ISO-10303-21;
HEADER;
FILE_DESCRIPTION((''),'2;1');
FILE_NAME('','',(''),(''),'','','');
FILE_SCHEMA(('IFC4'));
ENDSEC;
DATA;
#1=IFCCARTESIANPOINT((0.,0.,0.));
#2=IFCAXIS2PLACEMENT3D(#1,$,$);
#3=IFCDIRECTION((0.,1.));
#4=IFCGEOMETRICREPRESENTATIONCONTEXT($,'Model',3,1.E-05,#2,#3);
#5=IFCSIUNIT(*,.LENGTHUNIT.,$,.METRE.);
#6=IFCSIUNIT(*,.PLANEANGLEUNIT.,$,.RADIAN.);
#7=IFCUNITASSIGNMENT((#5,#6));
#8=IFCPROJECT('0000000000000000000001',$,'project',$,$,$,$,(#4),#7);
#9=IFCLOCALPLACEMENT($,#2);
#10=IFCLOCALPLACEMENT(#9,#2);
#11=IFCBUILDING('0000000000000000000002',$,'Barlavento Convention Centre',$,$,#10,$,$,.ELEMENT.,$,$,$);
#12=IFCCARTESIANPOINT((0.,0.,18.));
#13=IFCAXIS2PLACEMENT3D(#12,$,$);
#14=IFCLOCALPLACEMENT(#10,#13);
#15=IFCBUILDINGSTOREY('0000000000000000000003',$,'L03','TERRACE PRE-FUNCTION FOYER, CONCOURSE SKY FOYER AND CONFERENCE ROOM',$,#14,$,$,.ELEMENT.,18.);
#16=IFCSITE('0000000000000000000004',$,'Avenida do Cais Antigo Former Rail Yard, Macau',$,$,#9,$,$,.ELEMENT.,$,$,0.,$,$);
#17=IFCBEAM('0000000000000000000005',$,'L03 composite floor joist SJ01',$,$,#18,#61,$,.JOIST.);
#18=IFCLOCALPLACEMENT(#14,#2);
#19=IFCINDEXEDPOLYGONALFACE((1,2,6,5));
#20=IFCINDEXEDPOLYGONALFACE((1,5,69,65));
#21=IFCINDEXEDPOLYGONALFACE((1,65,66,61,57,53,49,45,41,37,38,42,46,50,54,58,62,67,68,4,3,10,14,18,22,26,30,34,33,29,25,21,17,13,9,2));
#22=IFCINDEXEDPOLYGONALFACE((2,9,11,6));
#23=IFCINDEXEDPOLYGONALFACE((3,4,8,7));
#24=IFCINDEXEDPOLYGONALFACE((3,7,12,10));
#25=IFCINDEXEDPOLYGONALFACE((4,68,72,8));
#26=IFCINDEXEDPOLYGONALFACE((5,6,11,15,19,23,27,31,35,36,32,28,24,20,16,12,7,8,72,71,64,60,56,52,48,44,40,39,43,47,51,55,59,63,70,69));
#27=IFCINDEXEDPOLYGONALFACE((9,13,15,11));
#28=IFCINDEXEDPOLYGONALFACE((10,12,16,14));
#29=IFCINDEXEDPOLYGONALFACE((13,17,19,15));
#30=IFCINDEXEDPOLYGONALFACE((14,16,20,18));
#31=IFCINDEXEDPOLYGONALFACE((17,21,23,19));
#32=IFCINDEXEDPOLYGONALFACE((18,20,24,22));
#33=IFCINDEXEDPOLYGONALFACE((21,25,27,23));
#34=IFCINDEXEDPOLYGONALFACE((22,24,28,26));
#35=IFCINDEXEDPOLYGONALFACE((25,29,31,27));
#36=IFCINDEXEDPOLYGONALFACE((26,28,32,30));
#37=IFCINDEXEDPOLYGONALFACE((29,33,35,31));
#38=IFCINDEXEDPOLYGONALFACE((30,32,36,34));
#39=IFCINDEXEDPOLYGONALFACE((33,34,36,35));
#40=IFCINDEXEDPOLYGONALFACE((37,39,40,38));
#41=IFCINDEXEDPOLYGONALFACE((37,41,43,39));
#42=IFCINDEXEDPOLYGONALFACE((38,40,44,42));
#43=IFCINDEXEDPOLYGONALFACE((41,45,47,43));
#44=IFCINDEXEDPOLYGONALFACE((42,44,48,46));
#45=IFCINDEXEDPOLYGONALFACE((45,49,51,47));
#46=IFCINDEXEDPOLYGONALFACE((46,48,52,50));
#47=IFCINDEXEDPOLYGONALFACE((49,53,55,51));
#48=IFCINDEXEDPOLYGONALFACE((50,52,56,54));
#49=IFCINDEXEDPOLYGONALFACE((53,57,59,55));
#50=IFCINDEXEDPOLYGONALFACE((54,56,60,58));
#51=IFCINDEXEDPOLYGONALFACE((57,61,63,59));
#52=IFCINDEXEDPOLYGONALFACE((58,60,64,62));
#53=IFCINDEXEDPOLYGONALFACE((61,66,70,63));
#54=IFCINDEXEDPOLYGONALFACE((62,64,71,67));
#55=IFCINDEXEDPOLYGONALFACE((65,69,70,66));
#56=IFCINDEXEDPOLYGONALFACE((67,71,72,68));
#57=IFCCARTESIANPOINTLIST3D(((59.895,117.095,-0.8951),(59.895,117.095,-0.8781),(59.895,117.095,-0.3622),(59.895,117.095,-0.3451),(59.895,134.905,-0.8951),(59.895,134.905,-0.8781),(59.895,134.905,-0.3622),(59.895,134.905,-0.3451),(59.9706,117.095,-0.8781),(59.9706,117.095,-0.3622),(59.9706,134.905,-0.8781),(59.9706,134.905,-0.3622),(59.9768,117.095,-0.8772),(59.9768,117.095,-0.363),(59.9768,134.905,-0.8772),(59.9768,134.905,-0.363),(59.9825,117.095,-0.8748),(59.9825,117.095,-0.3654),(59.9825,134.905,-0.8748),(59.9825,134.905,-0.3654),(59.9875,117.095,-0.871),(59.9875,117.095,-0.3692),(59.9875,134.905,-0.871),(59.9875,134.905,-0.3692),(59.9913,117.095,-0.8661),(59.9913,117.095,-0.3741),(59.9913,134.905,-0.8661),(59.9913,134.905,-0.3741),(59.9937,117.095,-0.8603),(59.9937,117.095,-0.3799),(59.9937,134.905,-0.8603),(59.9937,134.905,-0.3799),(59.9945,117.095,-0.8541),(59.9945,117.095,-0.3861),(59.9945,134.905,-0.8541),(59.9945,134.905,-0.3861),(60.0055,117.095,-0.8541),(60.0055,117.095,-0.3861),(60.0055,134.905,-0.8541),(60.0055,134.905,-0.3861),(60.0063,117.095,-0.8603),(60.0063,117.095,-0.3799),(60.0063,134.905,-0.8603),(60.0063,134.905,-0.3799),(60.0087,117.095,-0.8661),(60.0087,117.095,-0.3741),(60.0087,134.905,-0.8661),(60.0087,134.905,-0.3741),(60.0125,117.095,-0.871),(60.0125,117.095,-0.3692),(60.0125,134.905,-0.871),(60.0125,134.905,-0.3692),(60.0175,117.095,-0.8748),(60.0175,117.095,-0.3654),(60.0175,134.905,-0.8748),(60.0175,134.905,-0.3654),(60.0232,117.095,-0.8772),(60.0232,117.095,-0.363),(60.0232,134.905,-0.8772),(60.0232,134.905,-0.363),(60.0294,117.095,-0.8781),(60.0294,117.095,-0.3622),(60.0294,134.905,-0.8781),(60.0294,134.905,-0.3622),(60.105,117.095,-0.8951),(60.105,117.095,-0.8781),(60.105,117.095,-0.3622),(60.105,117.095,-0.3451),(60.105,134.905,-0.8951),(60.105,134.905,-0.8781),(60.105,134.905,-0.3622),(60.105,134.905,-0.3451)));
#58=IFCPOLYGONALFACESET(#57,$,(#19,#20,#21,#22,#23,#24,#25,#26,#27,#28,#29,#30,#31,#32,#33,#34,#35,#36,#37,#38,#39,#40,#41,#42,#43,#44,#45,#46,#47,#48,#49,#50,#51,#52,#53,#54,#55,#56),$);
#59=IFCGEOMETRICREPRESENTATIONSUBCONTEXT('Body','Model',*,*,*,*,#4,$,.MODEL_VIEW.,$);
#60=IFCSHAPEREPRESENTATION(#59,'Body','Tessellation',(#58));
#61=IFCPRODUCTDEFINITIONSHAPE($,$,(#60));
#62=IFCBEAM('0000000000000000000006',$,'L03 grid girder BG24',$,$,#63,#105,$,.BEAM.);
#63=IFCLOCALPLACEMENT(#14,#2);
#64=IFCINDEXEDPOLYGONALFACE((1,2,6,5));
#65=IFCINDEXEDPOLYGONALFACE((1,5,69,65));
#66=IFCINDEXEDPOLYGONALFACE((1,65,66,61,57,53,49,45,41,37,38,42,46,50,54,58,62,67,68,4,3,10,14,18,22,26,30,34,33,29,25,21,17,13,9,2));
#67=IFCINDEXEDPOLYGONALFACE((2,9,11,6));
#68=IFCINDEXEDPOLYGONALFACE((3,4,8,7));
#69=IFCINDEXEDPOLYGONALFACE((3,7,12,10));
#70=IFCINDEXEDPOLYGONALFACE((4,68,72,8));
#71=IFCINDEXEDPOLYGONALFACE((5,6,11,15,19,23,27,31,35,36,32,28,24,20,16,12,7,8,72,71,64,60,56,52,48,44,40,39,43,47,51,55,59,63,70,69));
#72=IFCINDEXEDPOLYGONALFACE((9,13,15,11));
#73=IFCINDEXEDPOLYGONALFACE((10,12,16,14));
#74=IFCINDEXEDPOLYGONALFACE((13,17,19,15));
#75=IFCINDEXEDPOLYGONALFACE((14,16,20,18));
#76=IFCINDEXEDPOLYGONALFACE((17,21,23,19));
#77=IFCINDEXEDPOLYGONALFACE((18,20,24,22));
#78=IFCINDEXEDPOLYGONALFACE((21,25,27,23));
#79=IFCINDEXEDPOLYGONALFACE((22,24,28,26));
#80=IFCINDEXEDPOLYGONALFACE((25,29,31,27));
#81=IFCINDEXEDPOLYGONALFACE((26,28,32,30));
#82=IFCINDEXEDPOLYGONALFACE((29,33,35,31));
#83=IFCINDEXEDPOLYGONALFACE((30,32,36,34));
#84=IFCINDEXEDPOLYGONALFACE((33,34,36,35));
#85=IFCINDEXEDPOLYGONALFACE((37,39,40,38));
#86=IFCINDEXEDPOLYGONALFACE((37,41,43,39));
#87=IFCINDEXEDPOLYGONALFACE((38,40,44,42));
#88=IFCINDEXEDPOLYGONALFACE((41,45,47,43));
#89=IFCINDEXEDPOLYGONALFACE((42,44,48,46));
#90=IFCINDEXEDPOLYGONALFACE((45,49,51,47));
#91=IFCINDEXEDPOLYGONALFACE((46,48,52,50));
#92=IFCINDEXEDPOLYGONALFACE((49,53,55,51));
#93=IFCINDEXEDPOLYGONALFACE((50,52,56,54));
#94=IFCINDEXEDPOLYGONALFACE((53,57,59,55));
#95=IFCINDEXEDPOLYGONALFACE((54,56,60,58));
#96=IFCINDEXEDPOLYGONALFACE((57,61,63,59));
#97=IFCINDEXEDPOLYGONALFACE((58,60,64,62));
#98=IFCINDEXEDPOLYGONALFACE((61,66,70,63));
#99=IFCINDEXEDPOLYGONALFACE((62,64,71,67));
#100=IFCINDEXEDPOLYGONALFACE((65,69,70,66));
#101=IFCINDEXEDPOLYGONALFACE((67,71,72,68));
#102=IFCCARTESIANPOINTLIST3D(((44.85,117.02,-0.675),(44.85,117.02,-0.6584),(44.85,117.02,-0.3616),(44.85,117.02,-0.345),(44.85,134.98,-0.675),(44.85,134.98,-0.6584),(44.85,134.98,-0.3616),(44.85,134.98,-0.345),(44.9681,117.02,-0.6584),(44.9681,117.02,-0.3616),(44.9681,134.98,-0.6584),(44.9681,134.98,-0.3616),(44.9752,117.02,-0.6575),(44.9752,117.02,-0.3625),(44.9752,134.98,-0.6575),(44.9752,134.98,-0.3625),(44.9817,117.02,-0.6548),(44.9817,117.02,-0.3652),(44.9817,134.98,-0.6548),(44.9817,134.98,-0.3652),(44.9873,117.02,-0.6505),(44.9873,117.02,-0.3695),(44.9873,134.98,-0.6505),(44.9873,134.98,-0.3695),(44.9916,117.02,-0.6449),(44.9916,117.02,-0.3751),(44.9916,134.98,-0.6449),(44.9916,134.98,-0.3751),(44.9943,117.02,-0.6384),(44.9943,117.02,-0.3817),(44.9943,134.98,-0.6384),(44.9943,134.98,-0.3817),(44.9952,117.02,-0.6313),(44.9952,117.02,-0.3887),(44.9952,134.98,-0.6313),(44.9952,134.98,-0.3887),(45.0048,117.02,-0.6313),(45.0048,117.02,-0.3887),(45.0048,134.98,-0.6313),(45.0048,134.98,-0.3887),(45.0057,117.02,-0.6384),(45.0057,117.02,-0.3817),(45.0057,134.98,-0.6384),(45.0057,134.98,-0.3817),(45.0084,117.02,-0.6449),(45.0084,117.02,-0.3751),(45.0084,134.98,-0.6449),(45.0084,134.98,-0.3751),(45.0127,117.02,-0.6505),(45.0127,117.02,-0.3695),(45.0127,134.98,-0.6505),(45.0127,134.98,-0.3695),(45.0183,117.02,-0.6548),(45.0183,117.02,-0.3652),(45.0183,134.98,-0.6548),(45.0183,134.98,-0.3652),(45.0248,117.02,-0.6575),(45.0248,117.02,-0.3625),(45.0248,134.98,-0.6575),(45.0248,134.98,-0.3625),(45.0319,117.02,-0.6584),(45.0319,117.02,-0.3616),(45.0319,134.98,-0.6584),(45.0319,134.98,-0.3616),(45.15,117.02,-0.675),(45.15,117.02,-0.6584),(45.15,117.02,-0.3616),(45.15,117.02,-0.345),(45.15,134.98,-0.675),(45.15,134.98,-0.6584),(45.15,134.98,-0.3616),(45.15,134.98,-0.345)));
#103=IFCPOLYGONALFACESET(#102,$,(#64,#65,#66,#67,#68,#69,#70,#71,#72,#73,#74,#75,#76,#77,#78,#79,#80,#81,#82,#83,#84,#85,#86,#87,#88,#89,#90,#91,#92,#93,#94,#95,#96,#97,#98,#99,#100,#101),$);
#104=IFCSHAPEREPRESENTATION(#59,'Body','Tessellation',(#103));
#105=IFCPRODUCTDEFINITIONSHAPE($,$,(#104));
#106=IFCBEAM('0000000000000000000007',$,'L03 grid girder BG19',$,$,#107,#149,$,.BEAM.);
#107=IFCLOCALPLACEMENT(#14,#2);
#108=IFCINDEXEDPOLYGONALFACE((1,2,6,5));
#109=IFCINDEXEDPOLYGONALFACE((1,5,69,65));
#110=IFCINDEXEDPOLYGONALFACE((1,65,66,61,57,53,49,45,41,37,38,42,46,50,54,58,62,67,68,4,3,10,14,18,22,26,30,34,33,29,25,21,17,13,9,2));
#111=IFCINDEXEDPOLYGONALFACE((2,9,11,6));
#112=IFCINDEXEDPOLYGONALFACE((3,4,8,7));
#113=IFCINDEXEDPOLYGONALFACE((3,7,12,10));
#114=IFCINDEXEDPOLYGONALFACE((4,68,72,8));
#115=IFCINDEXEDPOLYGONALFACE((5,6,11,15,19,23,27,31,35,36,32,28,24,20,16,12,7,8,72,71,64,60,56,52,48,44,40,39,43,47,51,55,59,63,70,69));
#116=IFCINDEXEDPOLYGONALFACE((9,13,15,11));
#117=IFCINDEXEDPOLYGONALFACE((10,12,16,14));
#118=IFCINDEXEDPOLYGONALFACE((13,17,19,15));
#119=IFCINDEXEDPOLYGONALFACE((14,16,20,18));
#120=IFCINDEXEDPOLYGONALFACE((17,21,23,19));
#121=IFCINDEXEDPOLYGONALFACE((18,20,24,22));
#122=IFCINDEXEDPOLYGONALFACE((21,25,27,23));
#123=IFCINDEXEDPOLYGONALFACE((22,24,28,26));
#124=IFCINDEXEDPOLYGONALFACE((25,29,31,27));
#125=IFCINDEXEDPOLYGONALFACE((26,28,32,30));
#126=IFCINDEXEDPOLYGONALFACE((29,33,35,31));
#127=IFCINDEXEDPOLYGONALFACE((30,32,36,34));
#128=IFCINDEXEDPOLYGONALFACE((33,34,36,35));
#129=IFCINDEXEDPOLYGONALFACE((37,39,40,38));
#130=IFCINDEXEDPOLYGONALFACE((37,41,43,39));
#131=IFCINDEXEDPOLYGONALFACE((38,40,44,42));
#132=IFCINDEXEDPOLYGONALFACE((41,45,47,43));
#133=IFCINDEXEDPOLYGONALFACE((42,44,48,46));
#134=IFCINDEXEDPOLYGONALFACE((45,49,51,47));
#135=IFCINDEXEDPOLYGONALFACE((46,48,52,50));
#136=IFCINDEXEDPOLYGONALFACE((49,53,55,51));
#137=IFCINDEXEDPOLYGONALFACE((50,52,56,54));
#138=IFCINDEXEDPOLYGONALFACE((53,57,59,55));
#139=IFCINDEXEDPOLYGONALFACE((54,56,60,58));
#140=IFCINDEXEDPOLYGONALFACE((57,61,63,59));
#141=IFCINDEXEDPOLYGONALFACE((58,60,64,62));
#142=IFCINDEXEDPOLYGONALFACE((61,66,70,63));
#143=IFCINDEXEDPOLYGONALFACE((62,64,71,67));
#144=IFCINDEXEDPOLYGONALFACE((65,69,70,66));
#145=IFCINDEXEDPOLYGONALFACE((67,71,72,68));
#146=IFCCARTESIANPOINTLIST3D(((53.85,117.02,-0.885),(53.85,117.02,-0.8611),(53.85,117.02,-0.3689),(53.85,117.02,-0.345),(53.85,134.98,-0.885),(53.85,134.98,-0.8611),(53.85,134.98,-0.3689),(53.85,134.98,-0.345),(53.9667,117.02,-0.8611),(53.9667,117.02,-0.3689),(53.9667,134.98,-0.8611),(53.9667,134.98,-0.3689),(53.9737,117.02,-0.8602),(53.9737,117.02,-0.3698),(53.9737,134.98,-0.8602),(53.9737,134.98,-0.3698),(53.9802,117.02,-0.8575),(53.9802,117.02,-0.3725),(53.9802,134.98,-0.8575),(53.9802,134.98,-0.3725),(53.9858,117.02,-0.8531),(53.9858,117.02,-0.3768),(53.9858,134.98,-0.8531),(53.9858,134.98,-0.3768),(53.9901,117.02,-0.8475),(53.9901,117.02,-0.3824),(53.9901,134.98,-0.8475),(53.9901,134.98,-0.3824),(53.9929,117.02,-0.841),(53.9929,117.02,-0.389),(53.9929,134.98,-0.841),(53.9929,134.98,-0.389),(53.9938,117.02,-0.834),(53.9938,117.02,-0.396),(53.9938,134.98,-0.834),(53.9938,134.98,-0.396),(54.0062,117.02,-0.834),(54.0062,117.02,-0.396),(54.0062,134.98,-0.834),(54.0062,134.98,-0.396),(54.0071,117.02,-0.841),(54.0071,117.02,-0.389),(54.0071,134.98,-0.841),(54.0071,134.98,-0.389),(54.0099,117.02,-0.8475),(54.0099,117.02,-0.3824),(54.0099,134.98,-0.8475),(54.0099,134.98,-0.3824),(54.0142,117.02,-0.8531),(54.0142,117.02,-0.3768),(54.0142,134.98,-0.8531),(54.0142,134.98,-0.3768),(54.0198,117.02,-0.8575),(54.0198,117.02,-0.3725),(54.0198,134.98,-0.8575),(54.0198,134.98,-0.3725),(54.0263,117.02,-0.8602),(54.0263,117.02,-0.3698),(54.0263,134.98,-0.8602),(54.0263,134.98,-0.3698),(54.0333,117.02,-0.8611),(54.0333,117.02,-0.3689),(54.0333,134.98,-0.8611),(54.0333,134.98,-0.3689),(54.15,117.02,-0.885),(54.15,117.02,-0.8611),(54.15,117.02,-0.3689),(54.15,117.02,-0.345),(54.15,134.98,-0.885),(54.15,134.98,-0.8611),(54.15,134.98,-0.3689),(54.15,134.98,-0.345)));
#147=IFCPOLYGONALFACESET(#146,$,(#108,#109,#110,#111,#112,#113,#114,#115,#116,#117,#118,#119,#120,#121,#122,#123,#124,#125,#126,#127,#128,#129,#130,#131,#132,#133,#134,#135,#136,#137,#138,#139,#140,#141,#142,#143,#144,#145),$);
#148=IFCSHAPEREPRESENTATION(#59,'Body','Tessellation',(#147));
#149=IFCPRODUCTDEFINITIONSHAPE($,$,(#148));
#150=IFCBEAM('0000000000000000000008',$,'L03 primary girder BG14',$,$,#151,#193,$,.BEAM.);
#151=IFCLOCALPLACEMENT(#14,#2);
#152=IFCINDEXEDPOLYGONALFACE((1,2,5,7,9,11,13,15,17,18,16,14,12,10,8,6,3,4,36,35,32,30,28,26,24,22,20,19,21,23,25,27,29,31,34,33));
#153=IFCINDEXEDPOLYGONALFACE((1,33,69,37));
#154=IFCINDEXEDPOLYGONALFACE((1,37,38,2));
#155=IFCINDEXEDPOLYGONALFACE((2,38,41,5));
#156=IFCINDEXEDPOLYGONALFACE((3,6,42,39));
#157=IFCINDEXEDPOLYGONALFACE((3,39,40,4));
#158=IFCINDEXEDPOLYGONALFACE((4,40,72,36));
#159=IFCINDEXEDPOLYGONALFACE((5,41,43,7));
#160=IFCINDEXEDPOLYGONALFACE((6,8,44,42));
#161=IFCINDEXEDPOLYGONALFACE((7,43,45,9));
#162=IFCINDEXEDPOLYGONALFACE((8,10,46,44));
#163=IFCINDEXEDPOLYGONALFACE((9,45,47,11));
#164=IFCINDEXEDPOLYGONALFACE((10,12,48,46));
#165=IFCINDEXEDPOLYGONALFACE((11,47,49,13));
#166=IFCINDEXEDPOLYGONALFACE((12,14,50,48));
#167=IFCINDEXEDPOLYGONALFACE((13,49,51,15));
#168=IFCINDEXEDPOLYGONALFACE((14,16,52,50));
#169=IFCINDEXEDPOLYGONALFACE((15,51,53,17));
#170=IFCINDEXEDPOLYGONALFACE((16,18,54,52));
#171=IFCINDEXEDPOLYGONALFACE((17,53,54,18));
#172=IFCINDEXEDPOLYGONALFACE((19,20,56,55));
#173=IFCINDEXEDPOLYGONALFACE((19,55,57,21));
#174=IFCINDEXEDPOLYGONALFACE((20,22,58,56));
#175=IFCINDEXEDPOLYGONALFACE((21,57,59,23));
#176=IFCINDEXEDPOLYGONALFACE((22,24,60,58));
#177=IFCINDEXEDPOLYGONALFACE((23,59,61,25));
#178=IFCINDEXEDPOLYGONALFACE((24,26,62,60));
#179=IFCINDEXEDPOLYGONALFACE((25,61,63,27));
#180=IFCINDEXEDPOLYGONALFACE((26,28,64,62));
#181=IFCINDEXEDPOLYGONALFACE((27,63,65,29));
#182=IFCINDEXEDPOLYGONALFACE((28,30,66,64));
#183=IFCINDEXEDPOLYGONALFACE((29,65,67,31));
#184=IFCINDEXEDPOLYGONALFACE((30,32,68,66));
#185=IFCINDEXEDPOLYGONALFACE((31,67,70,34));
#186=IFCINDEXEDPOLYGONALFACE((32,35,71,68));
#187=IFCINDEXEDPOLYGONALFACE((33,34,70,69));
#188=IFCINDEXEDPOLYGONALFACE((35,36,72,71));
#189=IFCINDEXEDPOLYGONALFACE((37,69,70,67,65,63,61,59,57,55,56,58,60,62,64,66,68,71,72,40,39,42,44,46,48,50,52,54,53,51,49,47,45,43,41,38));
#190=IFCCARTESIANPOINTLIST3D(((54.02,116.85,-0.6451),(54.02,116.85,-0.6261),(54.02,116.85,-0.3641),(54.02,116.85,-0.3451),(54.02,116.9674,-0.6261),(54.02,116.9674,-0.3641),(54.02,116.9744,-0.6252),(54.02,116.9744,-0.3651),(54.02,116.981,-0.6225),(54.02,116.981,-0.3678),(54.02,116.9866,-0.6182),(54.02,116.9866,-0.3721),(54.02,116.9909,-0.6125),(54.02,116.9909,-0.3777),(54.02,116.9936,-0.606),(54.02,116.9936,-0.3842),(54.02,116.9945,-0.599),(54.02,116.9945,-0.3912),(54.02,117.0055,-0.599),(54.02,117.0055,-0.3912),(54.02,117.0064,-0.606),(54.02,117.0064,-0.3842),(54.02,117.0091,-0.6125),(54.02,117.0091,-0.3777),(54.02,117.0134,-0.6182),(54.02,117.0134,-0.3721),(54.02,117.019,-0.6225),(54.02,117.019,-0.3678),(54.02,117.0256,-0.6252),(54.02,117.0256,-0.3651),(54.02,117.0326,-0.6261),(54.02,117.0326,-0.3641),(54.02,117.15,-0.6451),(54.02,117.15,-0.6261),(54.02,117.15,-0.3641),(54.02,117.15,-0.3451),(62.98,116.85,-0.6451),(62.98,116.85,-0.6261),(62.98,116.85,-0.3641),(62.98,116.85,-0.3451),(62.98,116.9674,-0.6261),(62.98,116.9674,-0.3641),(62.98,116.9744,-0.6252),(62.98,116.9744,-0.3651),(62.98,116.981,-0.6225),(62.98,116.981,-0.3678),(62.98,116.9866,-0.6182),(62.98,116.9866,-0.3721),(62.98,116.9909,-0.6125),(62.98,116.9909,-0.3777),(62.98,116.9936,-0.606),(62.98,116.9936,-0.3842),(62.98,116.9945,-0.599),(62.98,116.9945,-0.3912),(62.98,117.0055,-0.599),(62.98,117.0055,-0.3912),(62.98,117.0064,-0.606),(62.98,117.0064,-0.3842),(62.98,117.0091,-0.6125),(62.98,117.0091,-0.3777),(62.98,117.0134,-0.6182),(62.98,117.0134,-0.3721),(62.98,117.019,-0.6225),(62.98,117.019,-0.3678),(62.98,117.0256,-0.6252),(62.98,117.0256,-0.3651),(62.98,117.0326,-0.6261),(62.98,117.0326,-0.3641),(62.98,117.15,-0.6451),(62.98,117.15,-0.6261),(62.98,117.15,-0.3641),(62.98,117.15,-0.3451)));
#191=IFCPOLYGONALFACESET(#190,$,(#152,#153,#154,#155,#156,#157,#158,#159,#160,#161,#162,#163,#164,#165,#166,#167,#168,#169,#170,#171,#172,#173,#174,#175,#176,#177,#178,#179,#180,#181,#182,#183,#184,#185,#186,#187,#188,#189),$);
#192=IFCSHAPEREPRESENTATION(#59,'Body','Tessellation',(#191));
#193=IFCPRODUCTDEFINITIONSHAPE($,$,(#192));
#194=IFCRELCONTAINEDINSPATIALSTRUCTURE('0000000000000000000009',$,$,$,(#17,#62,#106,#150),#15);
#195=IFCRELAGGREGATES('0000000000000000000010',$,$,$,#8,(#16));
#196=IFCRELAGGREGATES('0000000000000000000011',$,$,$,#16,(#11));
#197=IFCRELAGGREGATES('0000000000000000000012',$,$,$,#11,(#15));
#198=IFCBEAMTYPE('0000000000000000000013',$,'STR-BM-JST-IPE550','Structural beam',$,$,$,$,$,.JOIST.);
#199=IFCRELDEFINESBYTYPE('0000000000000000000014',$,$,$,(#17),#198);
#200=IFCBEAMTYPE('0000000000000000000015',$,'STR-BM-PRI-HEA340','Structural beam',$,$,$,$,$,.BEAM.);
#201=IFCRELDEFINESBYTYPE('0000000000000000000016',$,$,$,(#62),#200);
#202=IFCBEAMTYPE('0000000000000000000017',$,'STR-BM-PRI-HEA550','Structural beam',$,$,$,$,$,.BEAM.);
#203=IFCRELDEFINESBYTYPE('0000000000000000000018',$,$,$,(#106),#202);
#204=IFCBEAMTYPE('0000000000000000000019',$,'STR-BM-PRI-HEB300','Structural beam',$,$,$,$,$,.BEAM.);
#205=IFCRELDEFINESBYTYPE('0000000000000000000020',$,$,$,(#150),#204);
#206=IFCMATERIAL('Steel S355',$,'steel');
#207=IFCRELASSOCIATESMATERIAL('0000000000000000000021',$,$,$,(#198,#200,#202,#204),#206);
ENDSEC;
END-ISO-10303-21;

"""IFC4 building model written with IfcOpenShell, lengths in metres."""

from ifc_helpers import new_model, si_unit, direction, frame, origin, origin_2d, place, context, subcontext, project, spatial, i_section, extrude, material, material_profile, profile_set, type_object, element, save


model = new_model("IFC4")

# Units and contexts
model_context = context("Model", 3, precision=1e-05, world=origin(), true_north=direction((0.0, 1.0)))
body_context = subcontext(model_context, "Body", "Model", "MODEL_VIEW")
ifc_project = project(units=[si_unit("LENGTHUNIT", "METRE"), si_unit("PLANEANGLEUNIT", "RADIAN")], contexts=[model_context])

# Site, building, storey
site_placement = place(None, origin())
site = spatial("IfcSite", under=ifc_project, at=site_placement, Name="Avenida do Cais Antigo Former Rail Yard, Macau", CompositionType="ELEMENT", RefElevation=0.0)
building_placement = place(site_placement, origin())
building = spatial("IfcBuilding", under=site, at=building_placement, Name="Barlavento Convention Centre", CompositionType="ELEMENT")
storey_placement = place(building_placement, frame((0.0, 0.0, 18.0)))
storey = spatial("IfcBuildingStorey", under=building, at=storey_placement, Name="L03", Description="TERRACE PRE-FUNCTION FOYER, CONCOURSE SKY FOYER AND CONFERENCE ROOM", CompositionType="ELEMENT", Elevation=18.0)

# Beams
ifc_material_1 = material(Name="Steel S355", Category="steel")
ifc_material_profile_1 = material_profile(ifc_material_1, i_section(OverallWidth=0.21, OverallDepth=0.55, WebThickness=0.011, FlangeThickness=0.0171, FilletRadius=0.0239, at=origin_2d()), Name="IPE 550")
ifc_profile_set_1 = profile_set([ifc_material_profile_1], Name="Steel S355")
beam_type_1 = type_object("IfcBeamType", Name="STR-BM-JST-IPE550", Description="Structural beam", PredefinedType="JOIST", material=ifc_profile_set_1)
beam_1_placement = place(storey_placement, frame((60.0, 117.095, -0.6201), z_axis=(0.0, 1.0, 0.0), x_axis=(-1.0, 0.0, 0.0)))
element("IfcBeam", 1, at=beam_1_placement, inside=storey, type_object=beam_type_1, Name="L03 composite floor joist SJ01", PredefinedType="JOIST", context=body_context, shape_type="SweptSolid", body=[
    extrude(i_section(OverallWidth=0.21, OverallDepth=0.55, WebThickness=0.011, FlangeThickness=0.0171, FilletRadius=0.0239, at=origin_2d()), origin(), (0.0, 0.0, 1.0), 17.8101),
])
ifc_material_profile_2 = material_profile(ifc_material_1, i_section(OverallWidth=0.3, OverallDepth=0.3301, WebThickness=0.0095, FlangeThickness=0.0166, FilletRadius=0.0271, at=origin_2d()), Name="HEA 340")
ifc_profile_set_2 = profile_set([ifc_material_profile_2], Name="Steel S355")
beam_type_2 = type_object("IfcBeamType", Name="STR-BM-PRI-HEA340", Description="Structural beam", PredefinedType="BEAM", material=ifc_profile_set_2)
beam_2_placement = place(storey_placement, frame((45.0, 117.02, -0.51), z_axis=(0.0, 1.0, 0.0), x_axis=(-1.0, 0.0, 0.0)))
element("IfcBeam", 2, at=beam_2_placement, inside=storey, type_object=beam_type_2, Name="L03 grid girder BG24", PredefinedType="BEAM", context=body_context, shape_type="SweptSolid", body=[
    extrude(i_section(OverallWidth=0.3, OverallDepth=0.3301, WebThickness=0.0095, FlangeThickness=0.0166, FilletRadius=0.0271, at=origin_2d()), origin(), (0.0, 0.0, 1.0), 17.96),
])
ifc_material_profile_3 = material_profile(ifc_material_1, i_section(OverallWidth=0.3, OverallDepth=0.54, WebThickness=0.0125, FlangeThickness=0.0239, FilletRadius=0.0271, at=origin_2d()), Name="HEA 550")
ifc_profile_set_3 = profile_set([ifc_material_profile_3], Name="Steel S355")
beam_type_3 = type_object("IfcBeamType", Name="STR-BM-PRI-HEA550", Description="Structural beam", PredefinedType="BEAM", material=ifc_profile_set_3)
beam_3_placement = place(storey_placement, frame((54.0, 117.02, -0.615), z_axis=(0.0, 1.0, 0.0), x_axis=(-1.0, 0.0, 0.0)))
element("IfcBeam", 3, at=beam_3_placement, inside=storey, type_object=beam_type_3, Name="L03 grid girder BG19", PredefinedType="BEAM", context=body_context, shape_type="SweptSolid", body=[
    extrude(i_section(OverallWidth=0.3, OverallDepth=0.54, WebThickness=0.0125, FlangeThickness=0.0239, FilletRadius=0.0271, at=origin_2d()), origin(), (0.0, 0.0, 1.0), 17.96),
])
ifc_material_profile_4 = material_profile(ifc_material_1, i_section(OverallWidth=0.3, OverallDepth=0.3, WebThickness=0.011, FlangeThickness=0.019, FilletRadius=0.0271, at=origin_2d()), Name="HEB 300")
ifc_profile_set_4 = profile_set([ifc_material_profile_4], Name="Steel S355")
beam_type_4 = type_object("IfcBeamType", Name="STR-BM-PRI-HEB300", Description="Structural beam", PredefinedType="BEAM", material=ifc_profile_set_4)
beam_4_placement = place(storey_placement, frame((54.02, 117.0, -0.4951), z_axis=(1.0, 0.0, 0.0), x_axis=(0.0, 1.0, 0.0)))
element("IfcBeam", 4, at=beam_4_placement, inside=storey, type_object=beam_type_4, Name="L03 primary girder BG14", PredefinedType="BEAM", context=body_context, shape_type="SweptSolid", body=[
    extrude(i_section(OverallWidth=0.3, OverallDepth=0.3, WebThickness=0.011, FlangeThickness=0.019, FilletRadius=0.0271, at=origin_2d()), origin(), (0.0, 0.0, 1.0), 8.96),
])

save(model, "model.ifc")
